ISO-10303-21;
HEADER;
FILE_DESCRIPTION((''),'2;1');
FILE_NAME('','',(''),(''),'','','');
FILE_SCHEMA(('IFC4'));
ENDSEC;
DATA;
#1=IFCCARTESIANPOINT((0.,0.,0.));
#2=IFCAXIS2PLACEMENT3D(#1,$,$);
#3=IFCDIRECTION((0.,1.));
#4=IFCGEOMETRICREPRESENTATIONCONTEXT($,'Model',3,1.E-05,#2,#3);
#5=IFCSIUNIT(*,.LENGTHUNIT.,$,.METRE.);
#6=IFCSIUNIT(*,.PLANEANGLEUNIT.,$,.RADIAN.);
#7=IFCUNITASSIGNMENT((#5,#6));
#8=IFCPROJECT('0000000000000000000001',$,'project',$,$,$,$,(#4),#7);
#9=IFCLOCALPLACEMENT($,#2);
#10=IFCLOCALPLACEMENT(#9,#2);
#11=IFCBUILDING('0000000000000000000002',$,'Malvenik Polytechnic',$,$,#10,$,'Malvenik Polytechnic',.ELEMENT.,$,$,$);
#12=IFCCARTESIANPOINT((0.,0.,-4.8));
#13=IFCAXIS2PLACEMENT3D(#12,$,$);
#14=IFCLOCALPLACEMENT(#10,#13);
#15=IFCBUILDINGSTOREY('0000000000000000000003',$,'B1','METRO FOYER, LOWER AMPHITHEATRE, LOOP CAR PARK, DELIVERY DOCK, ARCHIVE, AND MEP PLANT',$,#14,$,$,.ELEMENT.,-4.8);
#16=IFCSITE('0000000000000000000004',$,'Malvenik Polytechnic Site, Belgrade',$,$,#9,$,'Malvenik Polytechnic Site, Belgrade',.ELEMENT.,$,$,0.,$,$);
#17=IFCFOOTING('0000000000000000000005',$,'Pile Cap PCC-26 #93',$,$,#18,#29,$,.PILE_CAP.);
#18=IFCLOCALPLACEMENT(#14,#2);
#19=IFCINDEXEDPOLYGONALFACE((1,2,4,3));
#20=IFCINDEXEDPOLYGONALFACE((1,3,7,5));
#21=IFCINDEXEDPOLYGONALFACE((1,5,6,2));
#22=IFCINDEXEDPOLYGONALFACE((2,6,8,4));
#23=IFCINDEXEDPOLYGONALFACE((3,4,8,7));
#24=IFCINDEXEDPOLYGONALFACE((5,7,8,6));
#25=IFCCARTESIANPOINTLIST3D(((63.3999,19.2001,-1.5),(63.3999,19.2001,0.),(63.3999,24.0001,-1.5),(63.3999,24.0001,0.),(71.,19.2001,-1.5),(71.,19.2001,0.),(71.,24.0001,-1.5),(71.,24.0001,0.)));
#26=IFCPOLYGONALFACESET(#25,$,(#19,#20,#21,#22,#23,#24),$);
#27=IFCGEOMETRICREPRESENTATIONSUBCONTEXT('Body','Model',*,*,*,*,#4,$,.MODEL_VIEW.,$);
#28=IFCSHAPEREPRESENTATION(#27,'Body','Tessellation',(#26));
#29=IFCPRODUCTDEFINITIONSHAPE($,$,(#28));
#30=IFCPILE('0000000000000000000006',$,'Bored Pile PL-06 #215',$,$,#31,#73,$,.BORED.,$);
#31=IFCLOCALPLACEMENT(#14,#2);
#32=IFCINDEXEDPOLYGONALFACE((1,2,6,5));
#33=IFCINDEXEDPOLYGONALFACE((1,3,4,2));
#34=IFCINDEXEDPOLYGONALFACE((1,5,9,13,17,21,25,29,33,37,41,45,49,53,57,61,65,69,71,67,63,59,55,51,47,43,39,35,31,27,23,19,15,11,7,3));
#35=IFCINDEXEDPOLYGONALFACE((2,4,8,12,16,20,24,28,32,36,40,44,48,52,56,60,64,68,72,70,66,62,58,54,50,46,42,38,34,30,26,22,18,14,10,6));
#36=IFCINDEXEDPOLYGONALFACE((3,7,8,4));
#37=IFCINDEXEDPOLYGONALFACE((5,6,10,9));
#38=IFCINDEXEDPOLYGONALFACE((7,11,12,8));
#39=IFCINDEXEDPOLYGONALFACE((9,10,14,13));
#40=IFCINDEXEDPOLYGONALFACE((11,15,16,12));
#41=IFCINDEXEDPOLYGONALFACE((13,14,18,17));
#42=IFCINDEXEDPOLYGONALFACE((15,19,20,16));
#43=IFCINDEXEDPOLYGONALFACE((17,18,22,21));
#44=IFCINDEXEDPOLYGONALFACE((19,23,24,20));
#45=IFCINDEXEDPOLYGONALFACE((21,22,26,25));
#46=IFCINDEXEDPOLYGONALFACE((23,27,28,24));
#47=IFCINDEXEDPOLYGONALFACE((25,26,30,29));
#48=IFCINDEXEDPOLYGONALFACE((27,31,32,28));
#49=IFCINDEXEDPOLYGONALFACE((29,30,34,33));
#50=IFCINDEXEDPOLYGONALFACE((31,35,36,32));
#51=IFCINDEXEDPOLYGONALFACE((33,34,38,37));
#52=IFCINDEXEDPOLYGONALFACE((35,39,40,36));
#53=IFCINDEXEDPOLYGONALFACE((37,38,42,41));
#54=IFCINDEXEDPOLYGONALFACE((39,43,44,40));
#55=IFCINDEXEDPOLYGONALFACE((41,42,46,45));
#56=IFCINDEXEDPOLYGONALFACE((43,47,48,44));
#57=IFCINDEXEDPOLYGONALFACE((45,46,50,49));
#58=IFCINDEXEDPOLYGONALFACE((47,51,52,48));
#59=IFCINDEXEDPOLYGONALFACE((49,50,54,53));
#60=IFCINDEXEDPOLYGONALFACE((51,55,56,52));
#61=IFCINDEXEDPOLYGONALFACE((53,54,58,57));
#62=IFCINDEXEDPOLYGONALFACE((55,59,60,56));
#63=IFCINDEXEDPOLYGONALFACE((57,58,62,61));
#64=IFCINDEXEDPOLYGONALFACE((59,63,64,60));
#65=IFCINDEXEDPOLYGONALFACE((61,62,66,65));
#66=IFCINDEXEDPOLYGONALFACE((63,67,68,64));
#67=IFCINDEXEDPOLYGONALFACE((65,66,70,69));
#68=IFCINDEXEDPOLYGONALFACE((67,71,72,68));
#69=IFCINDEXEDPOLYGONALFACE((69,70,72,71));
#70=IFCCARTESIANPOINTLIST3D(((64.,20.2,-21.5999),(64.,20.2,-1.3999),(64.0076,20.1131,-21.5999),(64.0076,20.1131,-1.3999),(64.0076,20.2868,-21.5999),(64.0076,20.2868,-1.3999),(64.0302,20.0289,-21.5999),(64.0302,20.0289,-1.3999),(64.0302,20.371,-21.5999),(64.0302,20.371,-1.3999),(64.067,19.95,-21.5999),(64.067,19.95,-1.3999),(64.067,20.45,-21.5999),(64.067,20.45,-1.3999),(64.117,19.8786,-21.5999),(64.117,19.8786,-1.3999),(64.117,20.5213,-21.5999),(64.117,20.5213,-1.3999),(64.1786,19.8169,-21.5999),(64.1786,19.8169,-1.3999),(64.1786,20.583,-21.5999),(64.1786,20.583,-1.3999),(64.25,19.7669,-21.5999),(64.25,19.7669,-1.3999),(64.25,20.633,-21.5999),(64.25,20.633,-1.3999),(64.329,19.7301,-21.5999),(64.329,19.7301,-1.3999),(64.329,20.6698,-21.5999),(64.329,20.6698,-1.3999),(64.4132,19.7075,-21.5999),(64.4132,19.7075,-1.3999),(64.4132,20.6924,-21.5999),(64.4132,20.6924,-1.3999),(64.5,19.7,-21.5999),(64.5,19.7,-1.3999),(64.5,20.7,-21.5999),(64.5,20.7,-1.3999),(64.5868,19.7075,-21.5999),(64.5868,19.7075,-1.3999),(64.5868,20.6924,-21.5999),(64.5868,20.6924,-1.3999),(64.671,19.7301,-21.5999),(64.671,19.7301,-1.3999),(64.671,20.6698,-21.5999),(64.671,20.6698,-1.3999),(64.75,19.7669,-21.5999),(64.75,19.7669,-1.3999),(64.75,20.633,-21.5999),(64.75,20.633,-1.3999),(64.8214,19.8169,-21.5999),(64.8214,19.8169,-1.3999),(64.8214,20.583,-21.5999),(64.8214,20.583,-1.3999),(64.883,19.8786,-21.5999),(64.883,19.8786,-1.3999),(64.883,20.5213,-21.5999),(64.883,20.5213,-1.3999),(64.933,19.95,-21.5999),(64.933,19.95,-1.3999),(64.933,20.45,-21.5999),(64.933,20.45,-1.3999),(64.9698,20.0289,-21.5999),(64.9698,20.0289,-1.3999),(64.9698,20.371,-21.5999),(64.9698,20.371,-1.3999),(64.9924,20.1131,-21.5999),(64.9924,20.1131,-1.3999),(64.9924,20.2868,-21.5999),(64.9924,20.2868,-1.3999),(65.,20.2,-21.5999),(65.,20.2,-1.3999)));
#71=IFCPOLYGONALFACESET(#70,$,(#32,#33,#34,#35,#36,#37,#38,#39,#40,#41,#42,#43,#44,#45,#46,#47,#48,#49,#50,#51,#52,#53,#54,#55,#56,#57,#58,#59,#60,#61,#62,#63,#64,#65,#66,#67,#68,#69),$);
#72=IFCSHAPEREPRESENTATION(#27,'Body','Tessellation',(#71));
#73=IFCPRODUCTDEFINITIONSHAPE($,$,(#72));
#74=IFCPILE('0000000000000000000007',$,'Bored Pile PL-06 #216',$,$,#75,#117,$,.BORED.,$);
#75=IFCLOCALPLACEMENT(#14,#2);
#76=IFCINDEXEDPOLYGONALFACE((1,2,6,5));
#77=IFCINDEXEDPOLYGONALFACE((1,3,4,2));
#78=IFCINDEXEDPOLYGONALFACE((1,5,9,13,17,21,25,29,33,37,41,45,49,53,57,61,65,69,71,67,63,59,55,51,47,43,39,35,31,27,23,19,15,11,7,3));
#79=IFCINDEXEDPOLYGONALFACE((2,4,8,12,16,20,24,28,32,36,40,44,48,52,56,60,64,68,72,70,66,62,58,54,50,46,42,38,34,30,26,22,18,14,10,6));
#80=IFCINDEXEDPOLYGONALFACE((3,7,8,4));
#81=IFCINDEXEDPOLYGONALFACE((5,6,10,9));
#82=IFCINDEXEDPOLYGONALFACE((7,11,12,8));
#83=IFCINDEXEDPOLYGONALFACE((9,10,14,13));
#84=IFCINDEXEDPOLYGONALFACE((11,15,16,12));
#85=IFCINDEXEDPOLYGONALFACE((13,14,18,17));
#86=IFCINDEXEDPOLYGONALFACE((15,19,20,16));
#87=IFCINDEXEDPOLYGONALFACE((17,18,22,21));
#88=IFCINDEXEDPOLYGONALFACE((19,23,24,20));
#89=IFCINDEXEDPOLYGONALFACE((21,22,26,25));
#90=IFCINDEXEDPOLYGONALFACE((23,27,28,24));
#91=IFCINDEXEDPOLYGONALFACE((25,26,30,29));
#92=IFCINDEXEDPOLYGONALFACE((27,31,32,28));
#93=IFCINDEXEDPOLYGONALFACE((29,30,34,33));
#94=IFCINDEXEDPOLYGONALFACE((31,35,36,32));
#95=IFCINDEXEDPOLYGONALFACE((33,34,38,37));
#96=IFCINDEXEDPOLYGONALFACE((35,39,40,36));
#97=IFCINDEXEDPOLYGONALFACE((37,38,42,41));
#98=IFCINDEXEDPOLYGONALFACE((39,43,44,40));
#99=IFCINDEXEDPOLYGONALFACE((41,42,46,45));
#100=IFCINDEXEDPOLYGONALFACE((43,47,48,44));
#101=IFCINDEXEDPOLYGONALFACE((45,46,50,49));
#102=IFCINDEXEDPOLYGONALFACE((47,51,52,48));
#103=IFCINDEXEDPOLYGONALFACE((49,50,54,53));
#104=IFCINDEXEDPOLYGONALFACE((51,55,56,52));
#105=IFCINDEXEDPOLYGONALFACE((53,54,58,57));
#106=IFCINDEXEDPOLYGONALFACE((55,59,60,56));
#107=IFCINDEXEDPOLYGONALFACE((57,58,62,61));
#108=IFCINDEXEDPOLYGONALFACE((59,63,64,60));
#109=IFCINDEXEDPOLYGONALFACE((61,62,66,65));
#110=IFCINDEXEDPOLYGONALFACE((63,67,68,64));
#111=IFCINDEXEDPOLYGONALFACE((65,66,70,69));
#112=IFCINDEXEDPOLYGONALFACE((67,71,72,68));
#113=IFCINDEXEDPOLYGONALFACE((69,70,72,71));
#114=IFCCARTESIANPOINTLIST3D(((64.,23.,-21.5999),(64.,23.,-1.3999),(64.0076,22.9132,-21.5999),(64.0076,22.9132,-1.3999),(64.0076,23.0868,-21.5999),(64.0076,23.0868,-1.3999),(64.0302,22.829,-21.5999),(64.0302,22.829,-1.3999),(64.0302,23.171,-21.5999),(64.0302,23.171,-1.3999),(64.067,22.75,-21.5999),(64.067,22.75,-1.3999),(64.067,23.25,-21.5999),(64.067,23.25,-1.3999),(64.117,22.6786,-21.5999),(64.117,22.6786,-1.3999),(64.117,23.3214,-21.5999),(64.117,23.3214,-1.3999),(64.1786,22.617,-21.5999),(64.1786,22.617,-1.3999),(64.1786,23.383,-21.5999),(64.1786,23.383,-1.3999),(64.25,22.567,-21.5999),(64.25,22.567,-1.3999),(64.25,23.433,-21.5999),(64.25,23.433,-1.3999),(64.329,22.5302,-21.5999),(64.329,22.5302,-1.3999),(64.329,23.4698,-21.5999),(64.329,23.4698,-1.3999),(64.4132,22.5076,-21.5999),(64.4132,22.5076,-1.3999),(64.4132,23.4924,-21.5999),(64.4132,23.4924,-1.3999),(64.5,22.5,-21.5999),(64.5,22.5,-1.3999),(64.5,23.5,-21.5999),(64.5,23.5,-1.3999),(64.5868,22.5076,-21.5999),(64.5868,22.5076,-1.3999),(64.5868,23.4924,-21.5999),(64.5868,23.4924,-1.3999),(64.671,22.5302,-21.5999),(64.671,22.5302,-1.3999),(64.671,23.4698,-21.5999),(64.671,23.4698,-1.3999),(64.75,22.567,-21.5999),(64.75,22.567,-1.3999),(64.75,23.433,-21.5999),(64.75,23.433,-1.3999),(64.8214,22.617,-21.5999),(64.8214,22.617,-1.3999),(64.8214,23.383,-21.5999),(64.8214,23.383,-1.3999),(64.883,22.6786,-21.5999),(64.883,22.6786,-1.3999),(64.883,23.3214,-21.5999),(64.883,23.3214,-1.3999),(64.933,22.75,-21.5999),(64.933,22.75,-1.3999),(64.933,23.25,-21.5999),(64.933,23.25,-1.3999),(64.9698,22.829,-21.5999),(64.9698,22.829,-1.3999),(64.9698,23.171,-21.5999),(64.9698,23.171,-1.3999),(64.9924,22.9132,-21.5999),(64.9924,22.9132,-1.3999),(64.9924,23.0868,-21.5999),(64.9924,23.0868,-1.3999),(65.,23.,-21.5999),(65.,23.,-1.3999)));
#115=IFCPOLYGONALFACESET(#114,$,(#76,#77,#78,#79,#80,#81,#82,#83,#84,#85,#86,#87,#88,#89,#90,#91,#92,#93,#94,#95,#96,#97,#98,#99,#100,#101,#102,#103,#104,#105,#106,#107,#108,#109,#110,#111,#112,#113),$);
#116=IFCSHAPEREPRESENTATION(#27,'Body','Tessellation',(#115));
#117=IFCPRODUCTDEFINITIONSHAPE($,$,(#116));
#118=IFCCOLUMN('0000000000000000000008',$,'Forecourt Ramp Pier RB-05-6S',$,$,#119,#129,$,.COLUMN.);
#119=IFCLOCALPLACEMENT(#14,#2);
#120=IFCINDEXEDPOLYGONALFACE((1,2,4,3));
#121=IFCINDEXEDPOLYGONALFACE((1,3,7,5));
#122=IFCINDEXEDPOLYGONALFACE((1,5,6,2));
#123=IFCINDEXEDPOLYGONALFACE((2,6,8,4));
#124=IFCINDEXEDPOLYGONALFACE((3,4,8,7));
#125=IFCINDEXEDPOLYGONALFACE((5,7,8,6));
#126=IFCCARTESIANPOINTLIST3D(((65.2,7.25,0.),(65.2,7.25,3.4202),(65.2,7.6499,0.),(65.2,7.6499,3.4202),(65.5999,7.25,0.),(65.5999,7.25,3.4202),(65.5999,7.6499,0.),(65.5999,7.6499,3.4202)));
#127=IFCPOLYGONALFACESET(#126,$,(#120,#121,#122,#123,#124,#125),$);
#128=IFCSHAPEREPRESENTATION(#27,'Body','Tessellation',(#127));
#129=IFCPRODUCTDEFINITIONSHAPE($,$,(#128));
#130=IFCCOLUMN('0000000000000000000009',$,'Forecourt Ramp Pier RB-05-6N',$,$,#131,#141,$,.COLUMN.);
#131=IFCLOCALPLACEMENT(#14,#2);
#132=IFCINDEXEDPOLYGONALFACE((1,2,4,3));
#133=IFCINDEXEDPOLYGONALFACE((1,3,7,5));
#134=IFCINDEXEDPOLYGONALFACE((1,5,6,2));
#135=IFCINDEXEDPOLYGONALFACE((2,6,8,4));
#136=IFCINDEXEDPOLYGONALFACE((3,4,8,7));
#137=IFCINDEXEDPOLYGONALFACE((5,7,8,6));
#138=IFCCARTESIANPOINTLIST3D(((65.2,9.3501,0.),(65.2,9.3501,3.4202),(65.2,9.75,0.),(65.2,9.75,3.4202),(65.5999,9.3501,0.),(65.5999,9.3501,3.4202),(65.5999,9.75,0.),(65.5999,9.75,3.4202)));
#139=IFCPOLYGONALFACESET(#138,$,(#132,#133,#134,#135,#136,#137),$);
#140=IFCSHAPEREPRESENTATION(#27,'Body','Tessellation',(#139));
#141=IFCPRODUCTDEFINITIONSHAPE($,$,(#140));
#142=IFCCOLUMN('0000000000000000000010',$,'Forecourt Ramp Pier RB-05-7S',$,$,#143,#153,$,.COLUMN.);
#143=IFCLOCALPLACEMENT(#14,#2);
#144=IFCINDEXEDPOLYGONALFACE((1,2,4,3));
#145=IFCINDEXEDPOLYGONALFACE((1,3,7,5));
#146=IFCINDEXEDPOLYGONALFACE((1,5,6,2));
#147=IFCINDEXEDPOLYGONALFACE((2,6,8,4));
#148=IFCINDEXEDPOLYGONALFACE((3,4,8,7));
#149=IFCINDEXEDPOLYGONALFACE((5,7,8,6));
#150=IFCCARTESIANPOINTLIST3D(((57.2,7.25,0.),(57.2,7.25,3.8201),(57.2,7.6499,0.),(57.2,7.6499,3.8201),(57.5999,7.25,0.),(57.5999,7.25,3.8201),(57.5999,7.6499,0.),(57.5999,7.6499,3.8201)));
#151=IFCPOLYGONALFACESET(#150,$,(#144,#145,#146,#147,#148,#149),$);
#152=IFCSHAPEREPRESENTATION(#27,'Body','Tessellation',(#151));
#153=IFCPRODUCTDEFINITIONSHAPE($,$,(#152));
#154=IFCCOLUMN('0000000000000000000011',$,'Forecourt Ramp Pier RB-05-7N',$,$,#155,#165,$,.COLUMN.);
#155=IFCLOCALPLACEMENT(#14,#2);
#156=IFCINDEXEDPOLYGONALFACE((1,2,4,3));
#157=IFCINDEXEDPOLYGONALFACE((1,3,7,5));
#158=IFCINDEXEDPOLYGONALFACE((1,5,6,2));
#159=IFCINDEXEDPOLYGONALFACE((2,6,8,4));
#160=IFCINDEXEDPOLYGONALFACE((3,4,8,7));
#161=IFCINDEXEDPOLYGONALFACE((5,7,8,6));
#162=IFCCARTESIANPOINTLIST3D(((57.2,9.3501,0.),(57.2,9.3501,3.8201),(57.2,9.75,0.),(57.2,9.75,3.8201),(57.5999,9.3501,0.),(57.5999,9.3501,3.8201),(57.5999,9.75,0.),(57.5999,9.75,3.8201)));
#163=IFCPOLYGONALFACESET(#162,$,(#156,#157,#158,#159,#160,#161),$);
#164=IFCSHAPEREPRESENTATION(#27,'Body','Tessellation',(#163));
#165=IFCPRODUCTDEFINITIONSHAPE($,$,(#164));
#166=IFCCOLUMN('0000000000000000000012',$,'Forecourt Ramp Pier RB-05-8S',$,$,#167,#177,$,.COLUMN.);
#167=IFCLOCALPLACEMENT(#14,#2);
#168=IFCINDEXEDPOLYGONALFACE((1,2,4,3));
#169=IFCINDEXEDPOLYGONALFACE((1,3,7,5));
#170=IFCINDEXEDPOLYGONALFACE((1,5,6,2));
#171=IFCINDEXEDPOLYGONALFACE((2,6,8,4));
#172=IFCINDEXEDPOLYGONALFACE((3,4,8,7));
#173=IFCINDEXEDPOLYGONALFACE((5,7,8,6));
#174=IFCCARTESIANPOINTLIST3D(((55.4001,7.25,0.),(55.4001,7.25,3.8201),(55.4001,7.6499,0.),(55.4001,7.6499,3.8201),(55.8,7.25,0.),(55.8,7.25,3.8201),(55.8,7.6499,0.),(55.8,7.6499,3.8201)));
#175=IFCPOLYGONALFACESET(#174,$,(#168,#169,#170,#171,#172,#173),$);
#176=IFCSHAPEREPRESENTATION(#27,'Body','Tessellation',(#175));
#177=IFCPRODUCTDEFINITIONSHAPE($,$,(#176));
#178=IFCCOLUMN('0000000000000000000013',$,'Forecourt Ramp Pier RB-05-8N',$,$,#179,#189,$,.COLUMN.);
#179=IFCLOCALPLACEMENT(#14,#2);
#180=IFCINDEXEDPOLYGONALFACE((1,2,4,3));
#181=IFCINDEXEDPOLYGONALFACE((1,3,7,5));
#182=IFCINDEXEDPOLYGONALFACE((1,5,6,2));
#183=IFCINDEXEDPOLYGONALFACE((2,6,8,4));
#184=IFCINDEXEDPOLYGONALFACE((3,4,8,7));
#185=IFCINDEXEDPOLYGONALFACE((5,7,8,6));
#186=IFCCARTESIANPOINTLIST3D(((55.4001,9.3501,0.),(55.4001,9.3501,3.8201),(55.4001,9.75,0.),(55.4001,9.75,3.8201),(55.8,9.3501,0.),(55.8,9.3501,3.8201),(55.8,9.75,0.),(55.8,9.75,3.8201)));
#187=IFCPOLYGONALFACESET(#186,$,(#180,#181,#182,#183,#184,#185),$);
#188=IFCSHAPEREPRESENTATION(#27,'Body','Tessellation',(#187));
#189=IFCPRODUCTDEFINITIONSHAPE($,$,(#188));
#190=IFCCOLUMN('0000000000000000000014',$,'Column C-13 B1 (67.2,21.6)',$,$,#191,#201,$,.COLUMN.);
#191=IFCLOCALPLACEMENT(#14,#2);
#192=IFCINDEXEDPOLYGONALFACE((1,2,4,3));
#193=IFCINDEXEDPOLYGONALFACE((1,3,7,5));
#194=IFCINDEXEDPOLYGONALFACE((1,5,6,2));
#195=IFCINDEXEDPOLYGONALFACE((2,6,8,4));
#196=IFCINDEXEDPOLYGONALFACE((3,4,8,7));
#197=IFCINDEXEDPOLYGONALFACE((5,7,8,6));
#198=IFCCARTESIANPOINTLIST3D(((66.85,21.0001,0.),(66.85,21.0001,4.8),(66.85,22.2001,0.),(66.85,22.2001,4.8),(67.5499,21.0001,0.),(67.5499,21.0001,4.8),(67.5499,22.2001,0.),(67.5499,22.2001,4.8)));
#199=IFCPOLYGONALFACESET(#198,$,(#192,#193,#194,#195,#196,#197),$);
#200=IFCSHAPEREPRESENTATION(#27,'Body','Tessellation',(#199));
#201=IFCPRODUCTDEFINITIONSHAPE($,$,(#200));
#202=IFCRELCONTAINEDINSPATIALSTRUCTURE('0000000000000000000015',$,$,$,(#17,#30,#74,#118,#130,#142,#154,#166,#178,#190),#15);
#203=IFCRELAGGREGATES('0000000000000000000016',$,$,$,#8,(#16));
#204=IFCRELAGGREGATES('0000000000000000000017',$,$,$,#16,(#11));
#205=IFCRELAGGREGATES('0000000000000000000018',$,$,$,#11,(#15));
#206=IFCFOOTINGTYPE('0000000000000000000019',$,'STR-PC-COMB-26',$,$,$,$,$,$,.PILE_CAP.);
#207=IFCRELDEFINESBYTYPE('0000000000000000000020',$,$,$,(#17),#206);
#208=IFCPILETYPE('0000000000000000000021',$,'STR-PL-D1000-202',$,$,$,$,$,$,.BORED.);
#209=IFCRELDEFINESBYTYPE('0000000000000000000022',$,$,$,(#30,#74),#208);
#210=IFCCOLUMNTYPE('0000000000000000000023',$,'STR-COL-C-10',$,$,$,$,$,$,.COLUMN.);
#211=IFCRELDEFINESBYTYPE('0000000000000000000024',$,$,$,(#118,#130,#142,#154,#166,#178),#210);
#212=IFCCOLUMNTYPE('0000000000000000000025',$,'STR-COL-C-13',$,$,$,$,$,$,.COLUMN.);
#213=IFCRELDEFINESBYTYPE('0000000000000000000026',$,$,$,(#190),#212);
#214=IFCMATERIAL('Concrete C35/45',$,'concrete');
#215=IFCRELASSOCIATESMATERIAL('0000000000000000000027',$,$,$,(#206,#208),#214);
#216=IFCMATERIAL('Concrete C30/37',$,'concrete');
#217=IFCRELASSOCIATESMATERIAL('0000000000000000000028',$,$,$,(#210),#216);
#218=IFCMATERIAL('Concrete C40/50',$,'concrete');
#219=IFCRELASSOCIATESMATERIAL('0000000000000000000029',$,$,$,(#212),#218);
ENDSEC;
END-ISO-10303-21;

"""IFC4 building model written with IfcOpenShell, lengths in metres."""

from ifc_helpers import new_model, si_unit, direction, frame, origin, origin_2d, place, context, subcontext, project, spatial, rectangle, circle, extrude, material, material_profile, profile_set, type_object, element, save


model = new_model("IFC4")

# Units and contexts
model_context = context("Model", 3, precision=1e-05, world=origin(), true_north=direction((0.0, 1.0)))
body_context = subcontext(model_context, "Body", "Model", "MODEL_VIEW")
ifc_project = project(units=[si_unit("LENGTHUNIT", "METRE"), si_unit("PLANEANGLEUNIT", "RADIAN")], contexts=[model_context])

# Site, building, storey
site_placement = place(None, origin())
site = spatial("IfcSite", under=ifc_project, at=site_placement, Name="Malvenik Polytechnic Site, Belgrade", LongName="Malvenik Polytechnic Site, Belgrade", CompositionType="ELEMENT", RefElevation=0.0)
building_placement = place(site_placement, origin())
building = spatial("IfcBuilding", under=site, at=building_placement, Name="Malvenik Polytechnic", LongName="Malvenik Polytechnic", CompositionType="ELEMENT")
storey_placement = place(building_placement, frame((0.0, 0.0, -4.8)))
storey = spatial("IfcBuildingStorey", under=building, at=storey_placement, Name="B1", Description="METRO FOYER, LOWER AMPHITHEATRE, LOOP CAR PARK, DELIVERY DOCK, ARCHIVE, AND MEP PLANT", CompositionType="ELEMENT", Elevation=-4.8)

# Footing
ifc_material_1 = material(Name="Concrete C35/45", Category="concrete")
footing_type = type_object("IfcFootingType", Name="STR-PC-COMB-26", PredefinedType="PILE_CAP", material=ifc_material_1)
footing_placement = place(storey_placement, frame((67.2, 21.6001, -1.5), z_axis=(0.0, 0.0, 1.0), x_axis=(1.0, 0.0, 0.0)))
element("IfcFooting", 1, at=footing_placement, inside=storey, type_object=footing_type, Name="Pile Cap PCC-26 #93", PredefinedType="PILE_CAP", context=body_context, shape_type="SweptSolid", body=[
    extrude(rectangle(XDim=7.6001, YDim=4.8, at=origin_2d()), origin(), (0.0, 0.0, 1.0), 1.5),
])

# Piles
ifc_material_profile_1 = material_profile(ifc_material_1, circle(Radius=0.5, at=origin_2d()), Name="BORED PILE D1000")
ifc_profile_set_1 = profile_set([ifc_material_profile_1], Name="Concrete C35/45")
pile_type = type_object("IfcPileType", Name="STR-PL-D1000-202", PredefinedType="BORED", material=ifc_profile_set_1)
for number, where, z_axis, x_axis, name in (
    (2, (64.5, 20.2, -1.3999), (0.0, 0.0, -1.0), (1.0, 0.0, 0.0), "Bored Pile PL-06 #215"),
    (3, (64.5, 23.0, -1.3999), (0.0, 0.0, -1.0), (1.0, 0.0, 0.0), "Bored Pile PL-06 #216"),
):
    element("IfcPile", number, at=place(storey_placement, frame(where, z_axis=z_axis, x_axis=x_axis)), inside=storey, type_object=pile_type, Name=name, PredefinedType="BORED", context=body_context, shape_type="SweptSolid", body=[
        extrude(circle(Radius=0.5, at=origin_2d()), origin(), (0.0, 0.0, 1.0), 20.2),
    ])

# Columns
ifc_material_2 = material(Name="Concrete C30/37", Category="concrete")
ifc_material_profile_2 = material_profile(ifc_material_2, rectangle(XDim=0.3999, YDim=0.3999, at=origin_2d()), Name="RC COL 400x400")
ifc_profile_set_2 = profile_set([ifc_material_profile_2], Name="Concrete C30/37")
column_type_1 = type_object("IfcColumnType", Name="STR-COL-C-10", PredefinedType="COLUMN", material=ifc_profile_set_2)
for number, where, z_axis, x_axis, name in (
    (4, (65.3999, 7.45, 0.0), (0.0, 0.0, 1.0), (1.0, 0.0, 0.0), "Forecourt Ramp Pier RB-05-6S"),
    (5, (65.3999, 9.55, 0.0), (0.0, 0.0, 1.0), (1.0, 0.0, 0.0), "Forecourt Ramp Pier RB-05-6N"),
):
    element("IfcColumn", number, at=place(storey_placement, frame(where, z_axis=z_axis, x_axis=x_axis)), inside=storey, type_object=column_type_1, Name=name, PredefinedType="COLUMN", context=body_context, shape_type="SweptSolid", body=[
        extrude(rectangle(XDim=0.3999, YDim=0.3999, at=origin_2d()), origin(), (0.0, 0.0, 1.0), 3.4202),
    ])
for number, where, z_axis, x_axis, name in (
    (6, (57.3999, 7.45, 0.0), (0.0, 0.0, 1.0), (1.0, 0.0, 0.0), "Forecourt Ramp Pier RB-05-7S"),
    (7, (57.3999, 9.55, 0.0), (0.0, 0.0, 1.0), (1.0, 0.0, 0.0), "Forecourt Ramp Pier RB-05-7N"),
    (8, (55.6001, 7.45, 0.0), (0.0, 0.0, 1.0), (1.0, 0.0, 0.0), "Forecourt Ramp Pier RB-05-8S"),
    (9, (55.6001, 9.55, 0.0), (0.0, 0.0, 1.0), (1.0, 0.0, 0.0), "Forecourt Ramp Pier RB-05-8N"),
):
    element("IfcColumn", number, at=place(storey_placement, frame(where, z_axis=z_axis, x_axis=x_axis)), inside=storey, type_object=column_type_1, Name=name, PredefinedType="COLUMN", context=body_context, shape_type="SweptSolid", body=[
        extrude(rectangle(XDim=0.3999, YDim=0.3999, at=origin_2d()), origin(), (0.0, 0.0, 1.0), 3.8201),
    ])
ifc_material_3 = material(Name="Concrete C40/50", Category="concrete")
ifc_material_profile_3 = material_profile(ifc_material_3, rectangle(XDim=0.7, YDim=1.2, at=origin_2d()), Name="RC COL 1200x700")
ifc_profile_set_3 = profile_set([ifc_material_profile_3], Name="Concrete C40/50")
column_type_2 = type_object("IfcColumnType", Name="STR-COL-C-13", PredefinedType="COLUMN", material=ifc_profile_set_3)
column_placement = place(storey_placement, frame((67.2, 21.6001, 0.0), z_axis=(0.0, 0.0, 1.0), x_axis=(1.0, 0.0, 0.0)))
element("IfcColumn", 10, at=column_placement, inside=storey, type_object=column_type_2, Name="Column C-13 B1 (67.2,21.6)", PredefinedType="COLUMN", context=body_context, shape_type="SweptSolid", body=[
    extrude(rectangle(XDim=0.7, YDim=1.2, at=origin_2d()), origin(), (0.0, 0.0, 1.0), 4.8),
])

save(model, "model.ifc")
